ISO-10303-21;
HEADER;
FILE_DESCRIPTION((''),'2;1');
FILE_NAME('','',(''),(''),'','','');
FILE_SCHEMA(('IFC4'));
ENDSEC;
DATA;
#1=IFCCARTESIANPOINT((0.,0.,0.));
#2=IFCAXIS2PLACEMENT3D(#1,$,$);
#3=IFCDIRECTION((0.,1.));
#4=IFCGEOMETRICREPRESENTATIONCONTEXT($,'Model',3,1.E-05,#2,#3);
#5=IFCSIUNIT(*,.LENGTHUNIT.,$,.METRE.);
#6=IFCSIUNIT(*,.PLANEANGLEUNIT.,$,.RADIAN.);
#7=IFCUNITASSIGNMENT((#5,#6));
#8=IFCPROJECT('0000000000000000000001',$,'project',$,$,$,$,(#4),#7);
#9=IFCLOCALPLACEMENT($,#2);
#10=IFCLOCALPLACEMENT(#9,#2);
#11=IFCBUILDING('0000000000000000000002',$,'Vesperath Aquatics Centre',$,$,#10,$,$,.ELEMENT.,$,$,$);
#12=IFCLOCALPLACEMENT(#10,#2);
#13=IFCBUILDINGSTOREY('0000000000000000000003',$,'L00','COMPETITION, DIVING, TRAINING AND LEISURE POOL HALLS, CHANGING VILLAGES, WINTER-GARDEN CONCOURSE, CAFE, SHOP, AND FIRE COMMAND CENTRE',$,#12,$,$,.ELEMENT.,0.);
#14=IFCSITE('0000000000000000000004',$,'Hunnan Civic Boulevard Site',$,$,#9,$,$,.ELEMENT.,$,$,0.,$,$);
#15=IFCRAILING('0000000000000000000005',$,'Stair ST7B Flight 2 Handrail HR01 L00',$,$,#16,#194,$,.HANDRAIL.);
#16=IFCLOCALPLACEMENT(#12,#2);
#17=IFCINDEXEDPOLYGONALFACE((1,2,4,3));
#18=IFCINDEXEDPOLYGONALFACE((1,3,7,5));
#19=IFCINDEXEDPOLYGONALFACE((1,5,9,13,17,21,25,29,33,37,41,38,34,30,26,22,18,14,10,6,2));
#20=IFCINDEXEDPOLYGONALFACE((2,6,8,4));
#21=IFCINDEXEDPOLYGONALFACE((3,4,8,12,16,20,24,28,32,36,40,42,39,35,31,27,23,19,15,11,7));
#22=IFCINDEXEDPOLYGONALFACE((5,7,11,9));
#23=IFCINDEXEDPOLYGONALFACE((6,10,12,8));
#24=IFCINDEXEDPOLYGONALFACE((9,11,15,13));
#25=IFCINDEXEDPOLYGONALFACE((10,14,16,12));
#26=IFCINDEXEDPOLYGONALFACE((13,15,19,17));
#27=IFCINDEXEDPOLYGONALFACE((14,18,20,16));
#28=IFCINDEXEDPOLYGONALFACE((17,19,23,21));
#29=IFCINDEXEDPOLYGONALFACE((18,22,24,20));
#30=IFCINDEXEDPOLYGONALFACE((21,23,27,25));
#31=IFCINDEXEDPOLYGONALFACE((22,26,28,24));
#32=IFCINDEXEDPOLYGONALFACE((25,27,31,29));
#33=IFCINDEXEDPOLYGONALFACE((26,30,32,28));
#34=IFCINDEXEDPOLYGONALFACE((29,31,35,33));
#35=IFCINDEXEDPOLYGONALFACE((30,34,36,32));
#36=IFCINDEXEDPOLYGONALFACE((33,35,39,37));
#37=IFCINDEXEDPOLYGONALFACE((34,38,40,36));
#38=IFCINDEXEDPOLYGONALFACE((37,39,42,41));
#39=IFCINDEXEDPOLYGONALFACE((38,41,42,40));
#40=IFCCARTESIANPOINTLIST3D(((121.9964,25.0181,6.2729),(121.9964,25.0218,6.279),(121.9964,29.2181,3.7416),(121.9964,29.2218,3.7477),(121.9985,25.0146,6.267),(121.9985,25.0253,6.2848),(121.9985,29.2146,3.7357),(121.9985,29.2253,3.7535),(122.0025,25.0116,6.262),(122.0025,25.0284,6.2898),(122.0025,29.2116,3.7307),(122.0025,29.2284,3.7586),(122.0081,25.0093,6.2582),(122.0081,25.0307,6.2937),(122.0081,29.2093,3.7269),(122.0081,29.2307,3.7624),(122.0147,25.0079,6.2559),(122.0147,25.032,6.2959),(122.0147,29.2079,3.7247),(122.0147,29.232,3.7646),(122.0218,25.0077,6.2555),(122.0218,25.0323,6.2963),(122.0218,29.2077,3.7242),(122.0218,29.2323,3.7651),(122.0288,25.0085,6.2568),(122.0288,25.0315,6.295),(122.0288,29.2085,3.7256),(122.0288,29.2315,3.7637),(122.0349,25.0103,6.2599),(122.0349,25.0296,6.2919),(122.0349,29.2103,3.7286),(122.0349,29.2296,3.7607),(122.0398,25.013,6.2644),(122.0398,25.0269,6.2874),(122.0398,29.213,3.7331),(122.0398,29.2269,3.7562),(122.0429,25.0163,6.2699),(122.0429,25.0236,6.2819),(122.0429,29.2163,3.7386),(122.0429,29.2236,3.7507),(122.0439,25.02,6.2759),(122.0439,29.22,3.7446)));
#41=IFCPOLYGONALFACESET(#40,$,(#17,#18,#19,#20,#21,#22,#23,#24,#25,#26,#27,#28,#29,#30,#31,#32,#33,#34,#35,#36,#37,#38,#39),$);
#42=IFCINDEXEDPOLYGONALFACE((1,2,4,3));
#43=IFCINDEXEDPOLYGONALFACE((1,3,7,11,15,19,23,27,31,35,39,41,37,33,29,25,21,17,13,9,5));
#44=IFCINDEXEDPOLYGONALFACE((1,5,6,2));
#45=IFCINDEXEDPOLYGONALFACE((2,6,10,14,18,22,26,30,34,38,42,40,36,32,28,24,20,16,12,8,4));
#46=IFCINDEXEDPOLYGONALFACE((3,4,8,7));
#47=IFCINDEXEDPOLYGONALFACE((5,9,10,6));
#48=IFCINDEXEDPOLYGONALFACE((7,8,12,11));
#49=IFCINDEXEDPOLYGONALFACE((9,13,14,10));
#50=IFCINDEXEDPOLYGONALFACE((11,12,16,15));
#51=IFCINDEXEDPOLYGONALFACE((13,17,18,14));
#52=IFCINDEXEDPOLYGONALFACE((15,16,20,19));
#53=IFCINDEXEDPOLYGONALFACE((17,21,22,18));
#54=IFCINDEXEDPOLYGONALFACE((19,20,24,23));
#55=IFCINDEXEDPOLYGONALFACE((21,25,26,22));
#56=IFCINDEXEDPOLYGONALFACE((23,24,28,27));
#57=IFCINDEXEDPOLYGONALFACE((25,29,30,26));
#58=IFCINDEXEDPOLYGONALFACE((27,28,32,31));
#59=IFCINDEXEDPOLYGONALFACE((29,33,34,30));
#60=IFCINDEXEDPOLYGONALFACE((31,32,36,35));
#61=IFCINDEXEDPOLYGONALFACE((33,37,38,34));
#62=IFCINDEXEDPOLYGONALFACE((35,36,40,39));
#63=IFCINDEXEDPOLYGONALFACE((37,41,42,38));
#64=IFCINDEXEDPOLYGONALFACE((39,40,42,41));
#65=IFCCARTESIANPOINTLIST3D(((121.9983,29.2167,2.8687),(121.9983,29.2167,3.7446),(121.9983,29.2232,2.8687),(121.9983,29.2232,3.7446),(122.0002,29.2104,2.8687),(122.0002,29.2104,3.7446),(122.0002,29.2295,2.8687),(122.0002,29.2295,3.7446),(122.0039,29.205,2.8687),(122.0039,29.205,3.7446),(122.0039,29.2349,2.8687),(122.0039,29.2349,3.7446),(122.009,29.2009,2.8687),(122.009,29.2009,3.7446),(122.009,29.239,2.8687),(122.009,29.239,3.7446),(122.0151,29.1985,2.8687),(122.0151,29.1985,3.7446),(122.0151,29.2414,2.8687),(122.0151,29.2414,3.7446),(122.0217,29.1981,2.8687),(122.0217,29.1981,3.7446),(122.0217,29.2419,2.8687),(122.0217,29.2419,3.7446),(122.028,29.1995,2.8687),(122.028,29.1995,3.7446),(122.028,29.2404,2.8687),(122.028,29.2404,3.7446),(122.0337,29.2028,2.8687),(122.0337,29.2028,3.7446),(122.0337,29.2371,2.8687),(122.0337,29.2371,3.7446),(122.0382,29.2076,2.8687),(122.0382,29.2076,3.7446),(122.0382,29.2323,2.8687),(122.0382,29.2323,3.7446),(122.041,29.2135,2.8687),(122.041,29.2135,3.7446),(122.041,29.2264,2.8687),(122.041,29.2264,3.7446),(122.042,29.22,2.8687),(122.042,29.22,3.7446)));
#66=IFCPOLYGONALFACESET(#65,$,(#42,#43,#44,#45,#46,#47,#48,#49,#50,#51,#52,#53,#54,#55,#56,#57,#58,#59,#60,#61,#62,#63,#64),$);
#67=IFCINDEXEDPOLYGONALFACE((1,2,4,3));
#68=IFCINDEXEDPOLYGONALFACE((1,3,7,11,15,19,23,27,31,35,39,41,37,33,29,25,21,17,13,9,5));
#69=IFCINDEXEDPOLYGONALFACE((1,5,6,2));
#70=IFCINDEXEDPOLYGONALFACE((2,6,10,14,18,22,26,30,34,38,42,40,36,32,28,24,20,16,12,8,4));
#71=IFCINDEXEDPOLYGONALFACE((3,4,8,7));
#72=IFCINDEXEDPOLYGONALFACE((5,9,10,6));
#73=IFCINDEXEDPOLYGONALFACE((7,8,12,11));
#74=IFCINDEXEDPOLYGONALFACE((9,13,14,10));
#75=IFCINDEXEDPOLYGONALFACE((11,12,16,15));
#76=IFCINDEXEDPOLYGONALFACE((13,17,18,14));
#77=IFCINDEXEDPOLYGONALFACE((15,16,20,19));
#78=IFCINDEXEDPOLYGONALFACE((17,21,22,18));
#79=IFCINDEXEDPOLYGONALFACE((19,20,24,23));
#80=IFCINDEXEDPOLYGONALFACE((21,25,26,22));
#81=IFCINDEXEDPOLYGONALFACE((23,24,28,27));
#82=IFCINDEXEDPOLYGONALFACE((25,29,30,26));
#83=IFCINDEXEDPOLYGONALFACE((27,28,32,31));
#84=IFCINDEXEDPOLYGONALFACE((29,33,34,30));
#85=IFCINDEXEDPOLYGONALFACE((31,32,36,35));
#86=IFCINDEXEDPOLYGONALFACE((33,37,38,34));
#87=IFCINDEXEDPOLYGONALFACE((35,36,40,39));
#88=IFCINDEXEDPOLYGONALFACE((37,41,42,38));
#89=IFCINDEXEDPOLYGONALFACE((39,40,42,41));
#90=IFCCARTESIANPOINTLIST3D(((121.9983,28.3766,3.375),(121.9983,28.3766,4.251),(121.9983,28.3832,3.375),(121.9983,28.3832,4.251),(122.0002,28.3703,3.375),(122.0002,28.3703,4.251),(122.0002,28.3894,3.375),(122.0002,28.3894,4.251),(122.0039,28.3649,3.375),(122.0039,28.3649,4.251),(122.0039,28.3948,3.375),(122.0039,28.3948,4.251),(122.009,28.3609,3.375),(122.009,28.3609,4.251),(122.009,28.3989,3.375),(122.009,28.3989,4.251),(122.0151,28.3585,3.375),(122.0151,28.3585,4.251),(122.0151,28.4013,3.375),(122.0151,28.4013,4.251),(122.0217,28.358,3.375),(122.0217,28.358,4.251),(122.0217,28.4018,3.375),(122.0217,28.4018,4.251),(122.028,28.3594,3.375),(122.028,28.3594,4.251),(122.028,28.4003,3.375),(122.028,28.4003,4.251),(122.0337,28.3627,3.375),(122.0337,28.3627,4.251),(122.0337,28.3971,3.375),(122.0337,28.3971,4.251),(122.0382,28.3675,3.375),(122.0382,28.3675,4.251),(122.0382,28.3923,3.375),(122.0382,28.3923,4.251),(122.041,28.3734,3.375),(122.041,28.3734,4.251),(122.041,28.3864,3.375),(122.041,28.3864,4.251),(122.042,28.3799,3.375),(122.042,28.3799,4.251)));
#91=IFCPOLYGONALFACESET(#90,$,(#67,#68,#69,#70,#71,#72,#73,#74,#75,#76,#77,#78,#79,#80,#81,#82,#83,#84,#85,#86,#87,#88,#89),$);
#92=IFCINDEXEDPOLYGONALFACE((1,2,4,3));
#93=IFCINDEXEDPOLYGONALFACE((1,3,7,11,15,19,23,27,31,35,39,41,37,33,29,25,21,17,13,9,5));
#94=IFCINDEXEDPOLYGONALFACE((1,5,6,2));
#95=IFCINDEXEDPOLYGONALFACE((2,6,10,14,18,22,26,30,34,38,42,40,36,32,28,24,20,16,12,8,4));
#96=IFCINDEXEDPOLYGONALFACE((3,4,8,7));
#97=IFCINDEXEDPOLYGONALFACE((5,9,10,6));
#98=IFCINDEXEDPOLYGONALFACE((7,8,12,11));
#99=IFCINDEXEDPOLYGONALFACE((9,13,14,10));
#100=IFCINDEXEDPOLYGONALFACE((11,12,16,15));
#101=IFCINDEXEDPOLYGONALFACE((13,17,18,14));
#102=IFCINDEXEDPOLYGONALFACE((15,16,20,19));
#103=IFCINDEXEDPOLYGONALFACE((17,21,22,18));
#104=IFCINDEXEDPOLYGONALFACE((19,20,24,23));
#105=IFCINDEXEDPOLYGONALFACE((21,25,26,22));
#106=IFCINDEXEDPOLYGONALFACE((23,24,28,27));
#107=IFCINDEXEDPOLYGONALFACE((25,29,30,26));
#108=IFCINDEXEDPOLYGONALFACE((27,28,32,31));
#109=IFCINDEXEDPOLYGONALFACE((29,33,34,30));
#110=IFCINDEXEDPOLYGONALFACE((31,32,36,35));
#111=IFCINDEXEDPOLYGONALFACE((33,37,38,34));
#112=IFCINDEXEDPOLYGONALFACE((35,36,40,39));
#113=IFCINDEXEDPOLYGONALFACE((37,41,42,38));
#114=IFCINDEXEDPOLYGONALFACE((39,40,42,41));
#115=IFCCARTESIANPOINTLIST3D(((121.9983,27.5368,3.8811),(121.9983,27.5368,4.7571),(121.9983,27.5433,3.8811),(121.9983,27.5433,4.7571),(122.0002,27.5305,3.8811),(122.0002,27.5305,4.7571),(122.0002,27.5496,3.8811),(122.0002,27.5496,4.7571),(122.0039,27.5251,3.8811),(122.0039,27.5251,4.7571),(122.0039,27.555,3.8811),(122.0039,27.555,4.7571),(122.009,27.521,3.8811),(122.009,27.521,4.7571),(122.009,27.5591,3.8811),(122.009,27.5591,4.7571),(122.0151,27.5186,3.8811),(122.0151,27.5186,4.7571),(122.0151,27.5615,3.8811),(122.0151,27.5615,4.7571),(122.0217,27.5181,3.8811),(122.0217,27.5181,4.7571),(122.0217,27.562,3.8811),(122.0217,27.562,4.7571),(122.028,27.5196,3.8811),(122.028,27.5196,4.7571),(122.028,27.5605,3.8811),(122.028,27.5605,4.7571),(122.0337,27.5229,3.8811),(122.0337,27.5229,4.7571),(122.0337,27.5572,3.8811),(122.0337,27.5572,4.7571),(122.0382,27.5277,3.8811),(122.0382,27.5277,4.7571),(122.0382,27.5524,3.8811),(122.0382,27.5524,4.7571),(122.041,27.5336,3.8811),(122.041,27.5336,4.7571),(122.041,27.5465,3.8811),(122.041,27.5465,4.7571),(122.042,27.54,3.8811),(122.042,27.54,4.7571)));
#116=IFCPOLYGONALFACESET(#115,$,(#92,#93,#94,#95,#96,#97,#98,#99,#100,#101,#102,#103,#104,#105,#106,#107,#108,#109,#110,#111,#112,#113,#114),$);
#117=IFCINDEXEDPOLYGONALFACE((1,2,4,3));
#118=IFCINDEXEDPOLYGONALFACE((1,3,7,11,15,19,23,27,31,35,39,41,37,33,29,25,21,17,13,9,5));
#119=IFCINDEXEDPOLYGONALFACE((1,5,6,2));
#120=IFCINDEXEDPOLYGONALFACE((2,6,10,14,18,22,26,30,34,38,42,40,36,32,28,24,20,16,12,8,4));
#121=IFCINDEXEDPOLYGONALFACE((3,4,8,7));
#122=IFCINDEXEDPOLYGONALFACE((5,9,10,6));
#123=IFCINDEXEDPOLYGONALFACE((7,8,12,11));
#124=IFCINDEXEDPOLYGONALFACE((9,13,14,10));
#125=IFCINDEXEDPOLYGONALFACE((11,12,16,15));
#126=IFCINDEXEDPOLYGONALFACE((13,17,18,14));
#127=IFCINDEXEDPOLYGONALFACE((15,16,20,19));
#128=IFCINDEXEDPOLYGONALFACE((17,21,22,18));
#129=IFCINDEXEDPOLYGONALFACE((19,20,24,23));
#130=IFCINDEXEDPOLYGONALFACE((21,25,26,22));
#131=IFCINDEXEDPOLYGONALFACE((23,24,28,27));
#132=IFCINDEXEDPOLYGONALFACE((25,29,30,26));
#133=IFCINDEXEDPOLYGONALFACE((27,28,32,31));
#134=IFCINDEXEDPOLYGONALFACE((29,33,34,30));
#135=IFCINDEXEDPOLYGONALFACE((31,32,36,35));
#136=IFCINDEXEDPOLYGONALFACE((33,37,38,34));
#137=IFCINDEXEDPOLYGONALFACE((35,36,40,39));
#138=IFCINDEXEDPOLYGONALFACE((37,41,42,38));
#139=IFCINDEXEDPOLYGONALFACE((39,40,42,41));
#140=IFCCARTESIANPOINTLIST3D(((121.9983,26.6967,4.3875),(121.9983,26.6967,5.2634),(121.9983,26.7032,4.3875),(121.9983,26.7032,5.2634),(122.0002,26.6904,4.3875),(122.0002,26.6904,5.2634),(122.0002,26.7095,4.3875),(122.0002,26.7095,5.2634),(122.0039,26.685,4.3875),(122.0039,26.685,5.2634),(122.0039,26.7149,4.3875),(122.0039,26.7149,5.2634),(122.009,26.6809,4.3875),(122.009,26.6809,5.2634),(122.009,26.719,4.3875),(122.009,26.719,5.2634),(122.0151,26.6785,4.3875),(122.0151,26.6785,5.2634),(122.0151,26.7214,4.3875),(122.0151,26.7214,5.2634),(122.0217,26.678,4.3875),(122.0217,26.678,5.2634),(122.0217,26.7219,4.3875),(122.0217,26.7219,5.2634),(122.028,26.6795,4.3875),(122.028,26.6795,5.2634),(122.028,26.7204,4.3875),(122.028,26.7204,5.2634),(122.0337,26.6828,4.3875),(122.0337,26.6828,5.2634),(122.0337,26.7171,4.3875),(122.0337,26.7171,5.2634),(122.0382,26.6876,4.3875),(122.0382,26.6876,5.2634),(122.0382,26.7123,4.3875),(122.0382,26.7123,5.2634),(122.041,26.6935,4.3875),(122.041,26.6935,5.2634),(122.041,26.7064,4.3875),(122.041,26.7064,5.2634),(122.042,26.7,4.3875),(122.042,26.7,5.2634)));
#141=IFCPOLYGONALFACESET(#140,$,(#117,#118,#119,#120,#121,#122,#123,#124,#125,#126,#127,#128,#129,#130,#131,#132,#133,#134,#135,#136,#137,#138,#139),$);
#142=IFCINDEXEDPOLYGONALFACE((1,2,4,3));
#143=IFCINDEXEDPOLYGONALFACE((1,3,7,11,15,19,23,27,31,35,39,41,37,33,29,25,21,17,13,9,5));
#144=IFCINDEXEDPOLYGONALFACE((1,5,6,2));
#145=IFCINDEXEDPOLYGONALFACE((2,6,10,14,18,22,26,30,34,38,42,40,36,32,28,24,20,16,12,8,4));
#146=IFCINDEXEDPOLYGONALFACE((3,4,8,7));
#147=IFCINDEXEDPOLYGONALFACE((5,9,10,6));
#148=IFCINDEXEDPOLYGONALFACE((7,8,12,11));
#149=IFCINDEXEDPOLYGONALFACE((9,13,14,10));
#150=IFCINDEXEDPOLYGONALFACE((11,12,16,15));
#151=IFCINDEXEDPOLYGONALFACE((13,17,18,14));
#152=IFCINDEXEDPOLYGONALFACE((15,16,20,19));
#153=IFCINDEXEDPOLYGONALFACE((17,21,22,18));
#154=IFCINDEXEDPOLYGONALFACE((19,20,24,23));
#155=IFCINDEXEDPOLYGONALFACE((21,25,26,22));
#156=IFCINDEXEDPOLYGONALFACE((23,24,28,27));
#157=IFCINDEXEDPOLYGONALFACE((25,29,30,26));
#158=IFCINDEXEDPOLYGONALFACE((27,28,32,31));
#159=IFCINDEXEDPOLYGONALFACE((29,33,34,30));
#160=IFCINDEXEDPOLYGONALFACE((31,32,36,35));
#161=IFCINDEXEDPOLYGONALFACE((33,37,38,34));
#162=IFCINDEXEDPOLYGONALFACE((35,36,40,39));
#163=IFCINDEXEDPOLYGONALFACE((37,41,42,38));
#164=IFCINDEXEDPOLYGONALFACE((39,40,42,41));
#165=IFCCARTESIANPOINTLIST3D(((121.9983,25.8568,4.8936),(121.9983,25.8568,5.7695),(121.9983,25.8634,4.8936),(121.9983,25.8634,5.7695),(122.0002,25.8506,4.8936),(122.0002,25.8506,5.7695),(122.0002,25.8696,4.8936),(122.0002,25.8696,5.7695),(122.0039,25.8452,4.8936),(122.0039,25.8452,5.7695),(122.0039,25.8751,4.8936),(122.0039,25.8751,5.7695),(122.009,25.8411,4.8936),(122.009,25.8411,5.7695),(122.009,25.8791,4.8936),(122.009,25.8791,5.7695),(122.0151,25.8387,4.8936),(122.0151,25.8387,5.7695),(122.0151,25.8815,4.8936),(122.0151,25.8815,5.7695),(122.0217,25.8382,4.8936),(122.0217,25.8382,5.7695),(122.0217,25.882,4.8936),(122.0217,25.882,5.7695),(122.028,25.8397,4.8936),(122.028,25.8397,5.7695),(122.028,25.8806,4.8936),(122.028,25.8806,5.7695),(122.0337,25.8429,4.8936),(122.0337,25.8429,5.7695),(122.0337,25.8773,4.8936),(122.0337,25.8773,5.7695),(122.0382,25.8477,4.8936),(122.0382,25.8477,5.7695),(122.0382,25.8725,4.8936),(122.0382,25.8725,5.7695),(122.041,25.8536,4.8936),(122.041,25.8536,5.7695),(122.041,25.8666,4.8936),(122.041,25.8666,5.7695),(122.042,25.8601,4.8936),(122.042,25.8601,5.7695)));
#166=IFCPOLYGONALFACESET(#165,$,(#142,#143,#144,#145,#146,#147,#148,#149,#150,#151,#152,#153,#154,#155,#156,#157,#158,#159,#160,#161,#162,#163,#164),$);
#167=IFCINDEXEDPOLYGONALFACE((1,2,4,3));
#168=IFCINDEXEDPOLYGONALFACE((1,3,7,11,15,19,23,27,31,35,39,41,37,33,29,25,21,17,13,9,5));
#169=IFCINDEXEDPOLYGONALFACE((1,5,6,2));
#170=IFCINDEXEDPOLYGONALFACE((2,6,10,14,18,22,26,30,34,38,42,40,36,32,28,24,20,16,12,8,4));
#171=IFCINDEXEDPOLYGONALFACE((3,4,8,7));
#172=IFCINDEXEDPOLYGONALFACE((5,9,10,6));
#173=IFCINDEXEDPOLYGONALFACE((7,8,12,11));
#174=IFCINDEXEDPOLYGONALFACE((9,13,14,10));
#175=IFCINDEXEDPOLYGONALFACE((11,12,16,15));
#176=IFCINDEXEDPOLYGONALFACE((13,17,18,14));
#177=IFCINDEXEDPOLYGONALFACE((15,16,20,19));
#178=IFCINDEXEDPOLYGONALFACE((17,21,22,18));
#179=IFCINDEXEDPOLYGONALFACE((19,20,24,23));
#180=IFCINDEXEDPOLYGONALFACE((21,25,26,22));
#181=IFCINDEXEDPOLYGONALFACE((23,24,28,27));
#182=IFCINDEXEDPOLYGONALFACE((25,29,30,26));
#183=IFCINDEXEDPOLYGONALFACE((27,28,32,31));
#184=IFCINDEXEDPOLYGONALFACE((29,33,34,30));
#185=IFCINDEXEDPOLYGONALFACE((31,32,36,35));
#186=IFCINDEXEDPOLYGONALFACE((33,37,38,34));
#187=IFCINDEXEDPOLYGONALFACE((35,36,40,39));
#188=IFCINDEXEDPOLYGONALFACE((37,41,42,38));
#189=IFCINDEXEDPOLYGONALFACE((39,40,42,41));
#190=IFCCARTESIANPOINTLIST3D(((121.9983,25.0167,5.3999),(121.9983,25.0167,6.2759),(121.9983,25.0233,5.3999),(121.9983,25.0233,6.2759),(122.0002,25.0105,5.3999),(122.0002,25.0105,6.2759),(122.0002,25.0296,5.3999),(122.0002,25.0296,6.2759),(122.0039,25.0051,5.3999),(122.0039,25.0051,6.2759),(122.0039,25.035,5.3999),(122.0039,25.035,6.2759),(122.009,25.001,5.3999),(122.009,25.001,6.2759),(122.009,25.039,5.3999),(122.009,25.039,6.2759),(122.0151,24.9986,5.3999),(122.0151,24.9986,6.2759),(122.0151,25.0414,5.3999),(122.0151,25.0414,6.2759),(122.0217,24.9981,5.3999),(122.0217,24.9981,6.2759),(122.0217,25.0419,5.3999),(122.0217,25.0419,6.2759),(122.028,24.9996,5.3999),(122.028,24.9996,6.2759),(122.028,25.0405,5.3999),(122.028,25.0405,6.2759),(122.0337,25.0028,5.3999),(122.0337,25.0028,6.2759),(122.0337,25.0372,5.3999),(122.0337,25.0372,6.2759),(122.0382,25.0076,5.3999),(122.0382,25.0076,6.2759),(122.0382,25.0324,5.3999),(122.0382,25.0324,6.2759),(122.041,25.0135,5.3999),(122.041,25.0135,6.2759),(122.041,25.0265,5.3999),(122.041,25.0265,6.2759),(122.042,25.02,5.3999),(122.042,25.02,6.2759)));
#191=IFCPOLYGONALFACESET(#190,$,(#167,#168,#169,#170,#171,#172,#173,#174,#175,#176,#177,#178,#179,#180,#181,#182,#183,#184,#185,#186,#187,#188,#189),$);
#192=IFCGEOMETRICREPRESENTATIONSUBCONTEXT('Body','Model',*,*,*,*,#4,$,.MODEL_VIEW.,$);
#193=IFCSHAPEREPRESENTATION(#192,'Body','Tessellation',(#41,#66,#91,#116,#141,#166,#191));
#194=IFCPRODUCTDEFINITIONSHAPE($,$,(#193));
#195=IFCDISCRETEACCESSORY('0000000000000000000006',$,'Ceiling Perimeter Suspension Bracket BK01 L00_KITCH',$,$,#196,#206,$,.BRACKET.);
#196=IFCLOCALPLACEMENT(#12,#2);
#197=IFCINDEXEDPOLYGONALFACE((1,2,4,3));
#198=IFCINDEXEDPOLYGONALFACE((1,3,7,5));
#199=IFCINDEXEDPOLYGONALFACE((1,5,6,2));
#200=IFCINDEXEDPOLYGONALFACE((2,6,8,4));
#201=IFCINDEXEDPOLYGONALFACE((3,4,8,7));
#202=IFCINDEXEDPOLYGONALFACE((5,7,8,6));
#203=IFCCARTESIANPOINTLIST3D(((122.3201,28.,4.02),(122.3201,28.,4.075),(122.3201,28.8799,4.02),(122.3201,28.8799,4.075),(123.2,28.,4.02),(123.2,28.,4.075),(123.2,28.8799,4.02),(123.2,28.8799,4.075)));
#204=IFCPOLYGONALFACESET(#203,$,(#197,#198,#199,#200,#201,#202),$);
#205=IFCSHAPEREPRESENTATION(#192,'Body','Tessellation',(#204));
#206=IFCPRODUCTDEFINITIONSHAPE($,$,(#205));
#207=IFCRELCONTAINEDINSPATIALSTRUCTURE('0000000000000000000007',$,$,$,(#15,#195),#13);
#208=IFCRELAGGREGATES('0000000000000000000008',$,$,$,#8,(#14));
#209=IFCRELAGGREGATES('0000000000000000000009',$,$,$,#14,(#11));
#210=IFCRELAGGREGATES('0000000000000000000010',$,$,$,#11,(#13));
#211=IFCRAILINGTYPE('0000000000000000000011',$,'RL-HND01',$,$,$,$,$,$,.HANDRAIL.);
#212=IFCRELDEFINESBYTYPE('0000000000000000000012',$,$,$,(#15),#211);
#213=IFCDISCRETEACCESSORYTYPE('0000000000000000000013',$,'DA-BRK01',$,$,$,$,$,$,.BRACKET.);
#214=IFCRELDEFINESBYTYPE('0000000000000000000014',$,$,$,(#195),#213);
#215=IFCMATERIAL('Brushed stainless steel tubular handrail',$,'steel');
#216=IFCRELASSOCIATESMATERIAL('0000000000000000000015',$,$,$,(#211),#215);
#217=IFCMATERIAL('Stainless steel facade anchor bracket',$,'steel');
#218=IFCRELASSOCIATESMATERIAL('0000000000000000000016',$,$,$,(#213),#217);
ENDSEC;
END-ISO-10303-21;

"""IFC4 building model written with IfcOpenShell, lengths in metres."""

from ifc_helpers import new_model, si_unit, direction, frame, origin, origin_2d, place, context, subcontext, project, spatial, rectangle, circle, extrude, material, type_object, element, save


model = new_model("IFC4")

# Units and contexts
model_context = context("Model", 3, precision=1e-05, world=origin(), true_north=direction((0.0, 1.0)))
body_context = subcontext(model_context, "Body", "Model", "MODEL_VIEW")
ifc_project = project(units=[si_unit("LENGTHUNIT", "METRE"), si_unit("PLANEANGLEUNIT", "RADIAN")], contexts=[model_context])

# Site, building, storey
site_placement = place(None, origin())
site = spatial("IfcSite", under=ifc_project, at=site_placement, Name="Hunnan Civic Boulevard Site", CompositionType="ELEMENT", RefElevation=0.0)
building_placement = place(site_placement, origin())
building = spatial("IfcBuilding", under=site, at=building_placement, Name="Vesperath Aquatics Centre", CompositionType="ELEMENT")
storey_placement = place(building_placement, origin())
storey = spatial("IfcBuildingStorey", under=building, at=storey_placement, Name="L00", Description="COMPETITION, DIVING, TRAINING AND LEISURE POOL HALLS, CHANGING VILLAGES, WINTER-GARDEN CONCOURSE, CAFE, SHOP, AND FIRE COMMAND CENTRE", CompositionType="ELEMENT", Elevation=0.0)

# Railing
ifc_material_1 = material(Name="Brushed stainless steel tubular handrail", Category="steel")
railing_type_1 = type_object("IfcRailingType", Name="RL-HND01", PredefinedType="HANDRAIL", material=ifc_material_1)
railing_1_placement = place(storey_placement, frame((122.02, 29.22, 2.8687)))
element("IfcRailing", 1, at=railing_1_placement, inside=storey, type_object=railing_type_1, Name="Stair ST7B Flight 2 Handrail HR01 L00", PredefinedType="HANDRAIL", context=body_context, shape_type="SweptSolid", body=[
    extrude(circle(Radius=0.0239, at=origin_2d()), frame((0.0, 0.0, 0.876), z_axis=(0.0, -0.856476, 0.516186), x_axis=(1.0, 0.0, 0.0)), (0.0, 0.0, 1.0), 4.9038),
    extrude(circle(Radius=0.022, at=origin_2d()), origin(), (0.0, 0.0, 1.0), 0.876),
    extrude(circle(Radius=0.022, at=origin_2d()), frame((0.0, -0.8401, 0.5063)), (0.0, 0.0, 1.0), 0.876),
    extrude(circle(Radius=0.022, at=origin_2d()), frame((0.0, -1.6799, 1.0125)), (0.0, 0.0, 1.0), 0.876),
    extrude(circle(Radius=0.022, at=origin_2d()), frame((0.0, -2.52, 1.5188)), (0.0, 0.0, 1.0), 0.876),
    extrude(circle(Radius=0.022, at=origin_2d()), frame((0.0, -3.3599, 2.0249)), (0.0, 0.0, 1.0), 0.876),
    extrude(circle(Radius=0.022, at=origin_2d()), frame((0.0, -4.2, 2.5312)), (0.0, 0.0, 1.0), 0.876),
])

# Discrete accessory
ifc_material_2 = material(Name="Stainless steel facade anchor bracket", Category="steel")
discrete_accessory_type = type_object("IfcDiscreteAccessoryType", Name="DA-BRK01", PredefinedType="BRACKET", material=ifc_material_2)
discrete_accessory_placement = place(storey_placement, frame((122.76, 28.4399, 4.02), z_axis=(0.0, 0.0, 1.0), x_axis=(1.0, 0.0, 0.0)))
element("IfcDiscreteAccessory", 2, at=discrete_accessory_placement, inside=storey, type_object=discrete_accessory_type, Name="Ceiling Perimeter Suspension Bracket BK01 L00_KITCH", PredefinedType="BRACKET", context=body_context, shape_type="SweptSolid", body=[
    extrude(rectangle(XDim=0.8799, YDim=0.8799, at=origin_2d()), origin(), (0.0, 0.0, 1.0), 0.0549),
])

save(model, "model.ifc")
